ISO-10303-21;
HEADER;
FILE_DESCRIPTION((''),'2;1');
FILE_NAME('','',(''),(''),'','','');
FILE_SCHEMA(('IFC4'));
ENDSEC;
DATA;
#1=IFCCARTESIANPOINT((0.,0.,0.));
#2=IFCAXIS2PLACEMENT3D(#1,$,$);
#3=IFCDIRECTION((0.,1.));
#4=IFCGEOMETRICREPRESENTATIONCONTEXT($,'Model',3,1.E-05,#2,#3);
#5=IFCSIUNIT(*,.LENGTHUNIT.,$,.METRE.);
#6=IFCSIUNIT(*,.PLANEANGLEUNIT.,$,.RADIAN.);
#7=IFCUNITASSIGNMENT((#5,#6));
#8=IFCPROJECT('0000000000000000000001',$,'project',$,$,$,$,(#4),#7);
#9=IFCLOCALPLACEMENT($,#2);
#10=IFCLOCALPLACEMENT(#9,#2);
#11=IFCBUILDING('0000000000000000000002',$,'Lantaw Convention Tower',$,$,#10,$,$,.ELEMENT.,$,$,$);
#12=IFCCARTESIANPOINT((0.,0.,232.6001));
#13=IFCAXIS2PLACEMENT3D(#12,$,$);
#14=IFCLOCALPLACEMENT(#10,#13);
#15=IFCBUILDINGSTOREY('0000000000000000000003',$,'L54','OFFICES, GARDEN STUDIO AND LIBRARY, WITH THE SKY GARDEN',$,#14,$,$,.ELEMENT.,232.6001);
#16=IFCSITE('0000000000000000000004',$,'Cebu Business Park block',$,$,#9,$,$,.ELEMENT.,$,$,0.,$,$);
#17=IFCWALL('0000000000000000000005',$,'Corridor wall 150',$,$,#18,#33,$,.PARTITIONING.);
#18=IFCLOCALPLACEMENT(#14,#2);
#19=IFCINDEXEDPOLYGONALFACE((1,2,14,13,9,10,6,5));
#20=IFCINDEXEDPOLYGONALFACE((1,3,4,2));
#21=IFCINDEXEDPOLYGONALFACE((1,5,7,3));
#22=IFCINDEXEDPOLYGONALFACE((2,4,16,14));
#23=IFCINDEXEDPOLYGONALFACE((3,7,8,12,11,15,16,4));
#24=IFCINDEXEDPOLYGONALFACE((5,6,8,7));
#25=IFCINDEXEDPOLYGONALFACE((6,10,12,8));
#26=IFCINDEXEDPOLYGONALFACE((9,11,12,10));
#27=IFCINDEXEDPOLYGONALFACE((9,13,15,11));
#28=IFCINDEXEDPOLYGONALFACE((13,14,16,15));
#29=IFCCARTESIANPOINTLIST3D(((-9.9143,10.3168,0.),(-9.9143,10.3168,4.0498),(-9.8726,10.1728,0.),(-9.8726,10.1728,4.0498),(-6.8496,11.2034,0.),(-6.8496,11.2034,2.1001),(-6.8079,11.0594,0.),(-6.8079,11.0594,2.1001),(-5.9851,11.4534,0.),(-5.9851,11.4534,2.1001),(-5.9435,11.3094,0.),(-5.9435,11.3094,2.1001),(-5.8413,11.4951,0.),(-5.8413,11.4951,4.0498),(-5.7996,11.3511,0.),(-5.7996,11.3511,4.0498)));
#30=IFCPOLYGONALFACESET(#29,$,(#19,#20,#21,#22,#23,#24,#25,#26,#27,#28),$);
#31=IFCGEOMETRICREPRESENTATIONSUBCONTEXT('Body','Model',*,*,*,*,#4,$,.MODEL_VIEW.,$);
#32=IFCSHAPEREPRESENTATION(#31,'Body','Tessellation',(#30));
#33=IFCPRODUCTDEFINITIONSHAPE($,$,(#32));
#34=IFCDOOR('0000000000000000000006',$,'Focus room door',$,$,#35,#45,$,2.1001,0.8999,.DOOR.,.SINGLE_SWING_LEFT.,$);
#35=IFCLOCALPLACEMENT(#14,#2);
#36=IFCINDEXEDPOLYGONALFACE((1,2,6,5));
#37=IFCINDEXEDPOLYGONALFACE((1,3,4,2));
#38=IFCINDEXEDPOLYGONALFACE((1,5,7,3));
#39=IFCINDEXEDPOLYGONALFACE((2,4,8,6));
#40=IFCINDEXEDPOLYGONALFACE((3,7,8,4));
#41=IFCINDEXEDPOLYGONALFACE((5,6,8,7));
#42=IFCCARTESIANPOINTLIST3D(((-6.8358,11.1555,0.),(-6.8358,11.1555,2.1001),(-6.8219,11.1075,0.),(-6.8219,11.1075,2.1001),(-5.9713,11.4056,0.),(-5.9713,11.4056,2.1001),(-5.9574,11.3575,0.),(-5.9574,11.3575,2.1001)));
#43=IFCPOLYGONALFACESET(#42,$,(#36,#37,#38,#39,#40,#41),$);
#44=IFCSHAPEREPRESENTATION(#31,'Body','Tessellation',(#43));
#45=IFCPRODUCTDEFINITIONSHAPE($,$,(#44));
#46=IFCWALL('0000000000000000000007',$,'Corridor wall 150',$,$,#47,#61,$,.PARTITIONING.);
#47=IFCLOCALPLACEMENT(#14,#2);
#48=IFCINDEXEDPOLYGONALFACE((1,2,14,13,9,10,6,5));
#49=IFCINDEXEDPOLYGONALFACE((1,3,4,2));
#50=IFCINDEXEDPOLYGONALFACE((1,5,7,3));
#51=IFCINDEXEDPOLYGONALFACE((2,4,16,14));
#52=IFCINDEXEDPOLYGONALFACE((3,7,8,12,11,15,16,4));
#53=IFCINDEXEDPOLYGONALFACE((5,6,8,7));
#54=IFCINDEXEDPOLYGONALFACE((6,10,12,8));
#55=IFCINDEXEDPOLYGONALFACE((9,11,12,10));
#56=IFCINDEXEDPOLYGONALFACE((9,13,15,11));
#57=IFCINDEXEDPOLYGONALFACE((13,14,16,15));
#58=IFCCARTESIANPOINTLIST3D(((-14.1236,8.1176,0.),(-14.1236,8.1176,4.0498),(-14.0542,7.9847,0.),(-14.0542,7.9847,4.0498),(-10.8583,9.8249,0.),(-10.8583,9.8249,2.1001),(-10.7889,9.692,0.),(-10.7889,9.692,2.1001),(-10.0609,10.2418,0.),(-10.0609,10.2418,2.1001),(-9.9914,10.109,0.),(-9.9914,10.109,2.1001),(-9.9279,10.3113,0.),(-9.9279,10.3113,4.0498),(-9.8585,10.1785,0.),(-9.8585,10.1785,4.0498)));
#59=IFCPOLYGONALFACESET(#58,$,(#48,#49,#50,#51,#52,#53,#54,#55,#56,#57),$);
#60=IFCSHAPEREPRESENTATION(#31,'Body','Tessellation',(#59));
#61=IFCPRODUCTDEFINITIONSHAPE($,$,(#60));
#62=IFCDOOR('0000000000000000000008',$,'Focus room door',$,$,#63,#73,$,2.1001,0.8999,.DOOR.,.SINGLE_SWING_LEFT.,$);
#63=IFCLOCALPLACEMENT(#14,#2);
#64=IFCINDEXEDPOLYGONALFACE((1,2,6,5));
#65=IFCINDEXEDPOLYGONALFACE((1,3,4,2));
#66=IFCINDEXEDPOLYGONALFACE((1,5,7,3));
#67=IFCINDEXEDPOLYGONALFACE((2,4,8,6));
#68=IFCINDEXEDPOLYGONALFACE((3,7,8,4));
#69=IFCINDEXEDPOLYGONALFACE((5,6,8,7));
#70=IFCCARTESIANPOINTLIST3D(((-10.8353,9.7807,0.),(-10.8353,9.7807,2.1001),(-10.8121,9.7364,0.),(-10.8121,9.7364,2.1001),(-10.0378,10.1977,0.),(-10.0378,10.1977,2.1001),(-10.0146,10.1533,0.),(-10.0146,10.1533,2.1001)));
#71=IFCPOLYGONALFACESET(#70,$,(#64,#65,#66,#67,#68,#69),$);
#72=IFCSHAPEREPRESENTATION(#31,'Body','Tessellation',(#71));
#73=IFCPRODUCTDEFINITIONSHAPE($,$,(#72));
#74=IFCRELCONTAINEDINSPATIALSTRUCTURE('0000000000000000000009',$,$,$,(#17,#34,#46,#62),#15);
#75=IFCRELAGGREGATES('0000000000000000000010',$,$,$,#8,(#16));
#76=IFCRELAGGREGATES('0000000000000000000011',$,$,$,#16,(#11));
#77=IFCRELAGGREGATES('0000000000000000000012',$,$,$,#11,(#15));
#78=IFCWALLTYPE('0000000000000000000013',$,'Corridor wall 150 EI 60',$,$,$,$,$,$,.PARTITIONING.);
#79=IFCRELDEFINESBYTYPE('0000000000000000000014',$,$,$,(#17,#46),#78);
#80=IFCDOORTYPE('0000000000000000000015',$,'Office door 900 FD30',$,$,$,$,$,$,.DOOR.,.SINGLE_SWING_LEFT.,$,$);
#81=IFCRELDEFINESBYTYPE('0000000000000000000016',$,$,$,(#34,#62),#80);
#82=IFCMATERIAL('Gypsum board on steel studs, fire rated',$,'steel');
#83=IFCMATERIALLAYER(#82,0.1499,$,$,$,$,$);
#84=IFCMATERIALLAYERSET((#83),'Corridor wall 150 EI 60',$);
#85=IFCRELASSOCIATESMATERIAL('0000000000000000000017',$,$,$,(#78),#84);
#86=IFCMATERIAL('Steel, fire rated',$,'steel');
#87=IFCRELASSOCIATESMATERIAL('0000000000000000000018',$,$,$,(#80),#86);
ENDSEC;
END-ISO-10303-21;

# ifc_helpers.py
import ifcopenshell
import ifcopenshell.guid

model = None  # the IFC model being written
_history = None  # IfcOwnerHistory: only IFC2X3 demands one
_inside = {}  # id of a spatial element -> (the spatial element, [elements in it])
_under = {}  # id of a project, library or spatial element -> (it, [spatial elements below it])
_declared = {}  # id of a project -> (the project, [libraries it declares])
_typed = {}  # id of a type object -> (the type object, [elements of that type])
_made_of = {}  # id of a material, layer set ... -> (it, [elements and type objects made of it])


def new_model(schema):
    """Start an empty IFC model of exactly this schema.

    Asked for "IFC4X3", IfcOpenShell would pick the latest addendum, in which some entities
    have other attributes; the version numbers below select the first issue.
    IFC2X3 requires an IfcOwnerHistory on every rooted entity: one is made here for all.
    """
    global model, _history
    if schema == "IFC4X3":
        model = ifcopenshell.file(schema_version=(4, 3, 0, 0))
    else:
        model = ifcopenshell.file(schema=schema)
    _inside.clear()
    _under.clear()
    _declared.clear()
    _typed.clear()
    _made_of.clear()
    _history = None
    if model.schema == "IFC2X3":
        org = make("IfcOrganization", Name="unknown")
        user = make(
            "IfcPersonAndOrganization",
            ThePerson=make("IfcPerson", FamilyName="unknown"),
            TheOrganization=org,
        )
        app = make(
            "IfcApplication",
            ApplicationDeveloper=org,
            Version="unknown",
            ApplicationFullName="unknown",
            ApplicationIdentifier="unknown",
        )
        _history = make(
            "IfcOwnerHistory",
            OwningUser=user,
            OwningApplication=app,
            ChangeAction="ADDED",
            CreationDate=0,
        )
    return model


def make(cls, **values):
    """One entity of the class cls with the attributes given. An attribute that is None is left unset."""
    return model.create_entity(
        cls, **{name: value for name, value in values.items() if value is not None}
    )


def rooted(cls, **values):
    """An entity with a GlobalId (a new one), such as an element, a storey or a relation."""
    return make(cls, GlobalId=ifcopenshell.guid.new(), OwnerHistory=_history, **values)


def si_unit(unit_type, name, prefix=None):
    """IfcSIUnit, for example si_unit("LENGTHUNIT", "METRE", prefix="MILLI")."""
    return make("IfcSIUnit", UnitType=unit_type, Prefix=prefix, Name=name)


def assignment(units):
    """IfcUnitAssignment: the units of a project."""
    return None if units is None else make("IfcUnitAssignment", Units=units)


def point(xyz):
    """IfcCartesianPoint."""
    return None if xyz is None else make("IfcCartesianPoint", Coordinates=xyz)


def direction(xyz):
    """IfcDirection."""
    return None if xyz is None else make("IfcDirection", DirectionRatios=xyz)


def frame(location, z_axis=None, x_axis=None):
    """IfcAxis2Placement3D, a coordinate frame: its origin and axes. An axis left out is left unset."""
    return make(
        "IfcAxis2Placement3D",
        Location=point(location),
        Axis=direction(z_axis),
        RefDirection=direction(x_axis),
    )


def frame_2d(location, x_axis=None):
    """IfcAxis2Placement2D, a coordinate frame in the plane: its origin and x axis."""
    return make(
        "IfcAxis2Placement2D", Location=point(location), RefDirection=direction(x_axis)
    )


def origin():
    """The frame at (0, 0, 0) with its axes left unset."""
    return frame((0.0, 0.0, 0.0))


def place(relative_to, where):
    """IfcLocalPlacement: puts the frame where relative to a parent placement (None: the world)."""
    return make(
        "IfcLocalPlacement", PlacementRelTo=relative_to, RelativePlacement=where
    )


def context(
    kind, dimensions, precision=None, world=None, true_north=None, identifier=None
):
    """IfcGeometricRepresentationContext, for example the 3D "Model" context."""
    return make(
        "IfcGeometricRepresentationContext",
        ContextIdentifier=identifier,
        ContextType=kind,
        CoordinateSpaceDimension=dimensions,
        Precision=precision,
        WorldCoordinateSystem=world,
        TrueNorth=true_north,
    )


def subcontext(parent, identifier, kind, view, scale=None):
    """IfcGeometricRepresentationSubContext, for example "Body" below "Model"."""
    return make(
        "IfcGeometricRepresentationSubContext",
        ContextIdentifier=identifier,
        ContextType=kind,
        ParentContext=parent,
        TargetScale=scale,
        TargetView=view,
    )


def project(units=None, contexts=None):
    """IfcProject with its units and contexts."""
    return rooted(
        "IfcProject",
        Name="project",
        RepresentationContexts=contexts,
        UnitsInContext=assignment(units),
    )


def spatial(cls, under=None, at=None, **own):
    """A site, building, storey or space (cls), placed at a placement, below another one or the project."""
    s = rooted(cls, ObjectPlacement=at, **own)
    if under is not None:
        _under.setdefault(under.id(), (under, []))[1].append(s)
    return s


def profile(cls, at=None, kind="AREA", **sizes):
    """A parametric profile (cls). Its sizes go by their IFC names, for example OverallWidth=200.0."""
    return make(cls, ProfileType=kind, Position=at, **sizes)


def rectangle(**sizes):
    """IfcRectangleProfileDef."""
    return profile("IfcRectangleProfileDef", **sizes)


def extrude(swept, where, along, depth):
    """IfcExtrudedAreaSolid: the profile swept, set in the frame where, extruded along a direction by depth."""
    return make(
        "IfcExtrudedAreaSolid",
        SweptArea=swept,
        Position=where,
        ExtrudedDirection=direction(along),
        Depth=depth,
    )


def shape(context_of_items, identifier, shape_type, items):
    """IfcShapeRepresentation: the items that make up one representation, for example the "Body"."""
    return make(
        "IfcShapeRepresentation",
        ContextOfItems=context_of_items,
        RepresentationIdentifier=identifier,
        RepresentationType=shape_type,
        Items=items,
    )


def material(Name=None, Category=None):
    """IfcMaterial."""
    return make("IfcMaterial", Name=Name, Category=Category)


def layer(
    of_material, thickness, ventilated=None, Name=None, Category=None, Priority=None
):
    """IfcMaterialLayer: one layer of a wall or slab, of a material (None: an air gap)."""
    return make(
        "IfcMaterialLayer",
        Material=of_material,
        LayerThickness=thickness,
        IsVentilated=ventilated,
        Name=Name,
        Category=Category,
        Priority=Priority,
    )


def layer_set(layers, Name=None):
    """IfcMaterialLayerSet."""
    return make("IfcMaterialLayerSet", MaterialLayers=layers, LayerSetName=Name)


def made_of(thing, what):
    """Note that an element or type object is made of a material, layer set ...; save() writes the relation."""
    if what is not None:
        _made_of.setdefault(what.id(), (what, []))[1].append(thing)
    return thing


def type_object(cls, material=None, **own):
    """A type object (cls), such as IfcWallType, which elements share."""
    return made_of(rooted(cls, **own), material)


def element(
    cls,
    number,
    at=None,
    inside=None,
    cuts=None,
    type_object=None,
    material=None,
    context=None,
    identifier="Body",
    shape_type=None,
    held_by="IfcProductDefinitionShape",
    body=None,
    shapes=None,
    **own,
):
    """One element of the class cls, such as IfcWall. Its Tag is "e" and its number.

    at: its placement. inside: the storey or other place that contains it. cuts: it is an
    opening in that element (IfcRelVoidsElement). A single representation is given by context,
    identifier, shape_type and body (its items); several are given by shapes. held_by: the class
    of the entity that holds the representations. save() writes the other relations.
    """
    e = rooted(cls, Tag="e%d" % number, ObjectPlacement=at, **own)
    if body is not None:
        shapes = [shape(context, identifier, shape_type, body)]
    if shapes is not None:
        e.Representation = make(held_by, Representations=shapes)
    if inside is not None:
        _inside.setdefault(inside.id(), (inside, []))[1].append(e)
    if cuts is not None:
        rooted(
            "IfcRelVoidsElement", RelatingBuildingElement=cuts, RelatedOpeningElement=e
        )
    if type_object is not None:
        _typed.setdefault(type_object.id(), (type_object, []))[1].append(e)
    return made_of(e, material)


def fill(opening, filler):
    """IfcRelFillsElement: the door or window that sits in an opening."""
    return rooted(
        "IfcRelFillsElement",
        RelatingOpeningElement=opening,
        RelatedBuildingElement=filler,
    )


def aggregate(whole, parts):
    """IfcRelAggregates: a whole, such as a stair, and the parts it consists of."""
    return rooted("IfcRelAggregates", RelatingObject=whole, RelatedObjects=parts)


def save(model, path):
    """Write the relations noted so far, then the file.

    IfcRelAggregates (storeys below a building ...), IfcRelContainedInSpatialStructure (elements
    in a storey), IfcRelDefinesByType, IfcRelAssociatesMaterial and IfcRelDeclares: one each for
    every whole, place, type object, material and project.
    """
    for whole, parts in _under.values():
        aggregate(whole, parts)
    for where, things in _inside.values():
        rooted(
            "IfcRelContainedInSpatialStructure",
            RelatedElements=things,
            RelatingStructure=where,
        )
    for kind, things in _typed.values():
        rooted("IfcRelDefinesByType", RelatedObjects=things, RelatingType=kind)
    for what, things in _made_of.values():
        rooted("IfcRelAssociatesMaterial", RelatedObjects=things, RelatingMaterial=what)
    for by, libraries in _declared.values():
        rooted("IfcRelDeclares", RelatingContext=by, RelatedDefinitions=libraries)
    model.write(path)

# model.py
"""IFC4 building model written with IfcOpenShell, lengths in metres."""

from ifc_helpers import new_model, si_unit, direction, frame, frame_2d, origin, place, context, subcontext, project, spatial, rectangle, extrude, material, layer, layer_set, type_object, element, fill, save


model = new_model("IFC4")

# Units and contexts
model_context = context("Model", 3, precision=1e-05, world=origin(), true_north=direction((0.0, 1.0)))
body_context = subcontext(model_context, "Body", "Model", "MODEL_VIEW")
ifc_project = project(units=[si_unit("LENGTHUNIT", "METRE"), si_unit("PLANEANGLEUNIT", "RADIAN")], contexts=[model_context])

# Site, building, storey
site_placement = place(None, origin())
site = spatial("IfcSite", under=ifc_project, at=site_placement, Name="Cebu Business Park block", CompositionType="ELEMENT", RefElevation=0.0)
building_placement = place(site_placement, origin())
building = spatial("IfcBuilding", under=site, at=building_placement, Name="Lantaw Convention Tower", CompositionType="ELEMENT")
storey_placement = place(building_placement, frame((0.0, 0.0, 232.6001)))
storey = spatial("IfcBuildingStorey", under=building, at=storey_placement, Name="L54", Description="OFFICES, GARDEN STUDIO AND LIBRARY, WITH THE SKY GARDEN", CompositionType="ELEMENT", Elevation=232.6001)

# Walls, openings, doors
ifc_material_1 = material(Name="Steel, fire rated", Category="steel")
ifc_material_2 = material(Name="Gypsum board on steel studs, fire rated", Category="steel")
ifc_layer_1 = layer(ifc_material_2, 0.1499)
ifc_layer_set_1 = layer_set([ifc_layer_1], Name="Corridor wall 150 EI 60")
wall_type_1 = type_object("IfcWallType", Name="Corridor wall 150 EI 60", PredefinedType="PARTITIONING", material=ifc_layer_set_1)
door_type_1 = type_object("IfcDoorType", Name="Office door 900 FD30", OperationType="SINGLE_SWING_LEFT", PredefinedType="DOOR", material=ifc_material_1)
wall_1_placement = place(storey_placement, frame((-5.8203, 11.4231, 0.0), z_axis=(0.0, 0.0, 1.0), x_axis=(-0.960615, -0.277883, 0.0)))
wall_1 = element("IfcWall", 1, at=wall_1_placement, inside=storey, type_object=wall_type_1, Name="Corridor wall 150", PredefinedType="PARTITIONING", context=body_context, shape_type="SweptSolid", body=[
    extrude(rectangle(XDim=4.24, YDim=0.1499, at=frame_2d((2.1201, 0.0))), origin(), (0.0, 0.0, 1.0), 4.0498),
])
opening_1_placement = place(wall_1_placement, frame((0.1499, 0.0, 0.0)))
opening_1 = element("IfcOpeningElement", 2, at=opening_1_placement, cuts=wall_1, PredefinedType="OPENING", context=body_context, shape_type="SweptSolid", body=[
    extrude(rectangle(XDim=0.8999, YDim=2.1001, at=frame_2d((0.45, 1.05))), frame((0.0, 0.085, 0.0), z_axis=(0.0, -1.0, 0.0), x_axis=(1.0, 0.0, 0.0)), (0.0, 0.0, 1.0), 0.1699),
])
door_1_placement = place(opening_1_placement, origin())
door_1 = element("IfcDoor", 3, at=door_1_placement, inside=storey, type_object=door_type_1, Name="Focus room door", OperationType="SINGLE_SWING_LEFT", OverallHeight=2.1001, OverallWidth=0.8999, PredefinedType="DOOR", context=body_context, shape_type="SweptSolid", body=[
    extrude(rectangle(XDim=0.8999, YDim=2.1001, at=frame_2d((0.45, 1.05))), frame((0.0, 0.0249, 0.0), z_axis=(0.0, -1.0, 0.0), x_axis=(1.0, 0.0, 0.0)), (0.0, 0.0, 1.0), 0.05),
])
fill(opening_1, door_1)
wall_2_placement = place(storey_placement, frame((-9.8933, 10.2449, 0.0), z_axis=(0.0, 0.0, 1.0), x_axis=(-0.886174, -0.463352, 0.0)))
wall_2 = element("IfcWall", 4, at=wall_2_placement, inside=storey, type_object=wall_type_1, Name="Corridor wall 150", PredefinedType="PARTITIONING", context=body_context, shape_type="SweptSolid", body=[
    extrude(rectangle(XDim=4.7346, YDim=0.1499, at=frame_2d((2.3672, 0.0))), origin(), (0.0, 0.0, 1.0), 4.0498),
])
opening_2_placement = place(wall_2_placement, frame((0.1499, 0.0, 0.0)))
opening_2 = element("IfcOpeningElement", 5, at=opening_2_placement, cuts=wall_2, PredefinedType="OPENING", context=body_context, shape_type="SweptSolid", body=[
    extrude(rectangle(XDim=0.8999, YDim=2.1001, at=frame_2d((0.45, 1.05))), frame((0.0, 0.085, 0.0), z_axis=(0.0, -1.0, 0.0), x_axis=(1.0, 0.0, 0.0)), (0.0, 0.0, 1.0), 0.1699),
])
door_2_placement = place(opening_2_placement, origin())
door_2 = element("IfcDoor", 6, at=door_2_placement, inside=storey, type_object=door_type_1, Name="Focus room door", OperationType="SINGLE_SWING_LEFT", OverallHeight=2.1001, OverallWidth=0.8999, PredefinedType="DOOR", context=body_context, shape_type="SweptSolid", body=[
    extrude(rectangle(XDim=0.8999, YDim=2.1001, at=frame_2d((0.45, 1.05))), frame((0.0, 0.0249, 0.0), z_axis=(0.0, -1.0, 0.0), x_axis=(1.0, 0.0, 0.0)), (0.0, 0.0, 1.0), 0.05),
])
fill(opening_2, door_2)

save(model, "model.ifc")
